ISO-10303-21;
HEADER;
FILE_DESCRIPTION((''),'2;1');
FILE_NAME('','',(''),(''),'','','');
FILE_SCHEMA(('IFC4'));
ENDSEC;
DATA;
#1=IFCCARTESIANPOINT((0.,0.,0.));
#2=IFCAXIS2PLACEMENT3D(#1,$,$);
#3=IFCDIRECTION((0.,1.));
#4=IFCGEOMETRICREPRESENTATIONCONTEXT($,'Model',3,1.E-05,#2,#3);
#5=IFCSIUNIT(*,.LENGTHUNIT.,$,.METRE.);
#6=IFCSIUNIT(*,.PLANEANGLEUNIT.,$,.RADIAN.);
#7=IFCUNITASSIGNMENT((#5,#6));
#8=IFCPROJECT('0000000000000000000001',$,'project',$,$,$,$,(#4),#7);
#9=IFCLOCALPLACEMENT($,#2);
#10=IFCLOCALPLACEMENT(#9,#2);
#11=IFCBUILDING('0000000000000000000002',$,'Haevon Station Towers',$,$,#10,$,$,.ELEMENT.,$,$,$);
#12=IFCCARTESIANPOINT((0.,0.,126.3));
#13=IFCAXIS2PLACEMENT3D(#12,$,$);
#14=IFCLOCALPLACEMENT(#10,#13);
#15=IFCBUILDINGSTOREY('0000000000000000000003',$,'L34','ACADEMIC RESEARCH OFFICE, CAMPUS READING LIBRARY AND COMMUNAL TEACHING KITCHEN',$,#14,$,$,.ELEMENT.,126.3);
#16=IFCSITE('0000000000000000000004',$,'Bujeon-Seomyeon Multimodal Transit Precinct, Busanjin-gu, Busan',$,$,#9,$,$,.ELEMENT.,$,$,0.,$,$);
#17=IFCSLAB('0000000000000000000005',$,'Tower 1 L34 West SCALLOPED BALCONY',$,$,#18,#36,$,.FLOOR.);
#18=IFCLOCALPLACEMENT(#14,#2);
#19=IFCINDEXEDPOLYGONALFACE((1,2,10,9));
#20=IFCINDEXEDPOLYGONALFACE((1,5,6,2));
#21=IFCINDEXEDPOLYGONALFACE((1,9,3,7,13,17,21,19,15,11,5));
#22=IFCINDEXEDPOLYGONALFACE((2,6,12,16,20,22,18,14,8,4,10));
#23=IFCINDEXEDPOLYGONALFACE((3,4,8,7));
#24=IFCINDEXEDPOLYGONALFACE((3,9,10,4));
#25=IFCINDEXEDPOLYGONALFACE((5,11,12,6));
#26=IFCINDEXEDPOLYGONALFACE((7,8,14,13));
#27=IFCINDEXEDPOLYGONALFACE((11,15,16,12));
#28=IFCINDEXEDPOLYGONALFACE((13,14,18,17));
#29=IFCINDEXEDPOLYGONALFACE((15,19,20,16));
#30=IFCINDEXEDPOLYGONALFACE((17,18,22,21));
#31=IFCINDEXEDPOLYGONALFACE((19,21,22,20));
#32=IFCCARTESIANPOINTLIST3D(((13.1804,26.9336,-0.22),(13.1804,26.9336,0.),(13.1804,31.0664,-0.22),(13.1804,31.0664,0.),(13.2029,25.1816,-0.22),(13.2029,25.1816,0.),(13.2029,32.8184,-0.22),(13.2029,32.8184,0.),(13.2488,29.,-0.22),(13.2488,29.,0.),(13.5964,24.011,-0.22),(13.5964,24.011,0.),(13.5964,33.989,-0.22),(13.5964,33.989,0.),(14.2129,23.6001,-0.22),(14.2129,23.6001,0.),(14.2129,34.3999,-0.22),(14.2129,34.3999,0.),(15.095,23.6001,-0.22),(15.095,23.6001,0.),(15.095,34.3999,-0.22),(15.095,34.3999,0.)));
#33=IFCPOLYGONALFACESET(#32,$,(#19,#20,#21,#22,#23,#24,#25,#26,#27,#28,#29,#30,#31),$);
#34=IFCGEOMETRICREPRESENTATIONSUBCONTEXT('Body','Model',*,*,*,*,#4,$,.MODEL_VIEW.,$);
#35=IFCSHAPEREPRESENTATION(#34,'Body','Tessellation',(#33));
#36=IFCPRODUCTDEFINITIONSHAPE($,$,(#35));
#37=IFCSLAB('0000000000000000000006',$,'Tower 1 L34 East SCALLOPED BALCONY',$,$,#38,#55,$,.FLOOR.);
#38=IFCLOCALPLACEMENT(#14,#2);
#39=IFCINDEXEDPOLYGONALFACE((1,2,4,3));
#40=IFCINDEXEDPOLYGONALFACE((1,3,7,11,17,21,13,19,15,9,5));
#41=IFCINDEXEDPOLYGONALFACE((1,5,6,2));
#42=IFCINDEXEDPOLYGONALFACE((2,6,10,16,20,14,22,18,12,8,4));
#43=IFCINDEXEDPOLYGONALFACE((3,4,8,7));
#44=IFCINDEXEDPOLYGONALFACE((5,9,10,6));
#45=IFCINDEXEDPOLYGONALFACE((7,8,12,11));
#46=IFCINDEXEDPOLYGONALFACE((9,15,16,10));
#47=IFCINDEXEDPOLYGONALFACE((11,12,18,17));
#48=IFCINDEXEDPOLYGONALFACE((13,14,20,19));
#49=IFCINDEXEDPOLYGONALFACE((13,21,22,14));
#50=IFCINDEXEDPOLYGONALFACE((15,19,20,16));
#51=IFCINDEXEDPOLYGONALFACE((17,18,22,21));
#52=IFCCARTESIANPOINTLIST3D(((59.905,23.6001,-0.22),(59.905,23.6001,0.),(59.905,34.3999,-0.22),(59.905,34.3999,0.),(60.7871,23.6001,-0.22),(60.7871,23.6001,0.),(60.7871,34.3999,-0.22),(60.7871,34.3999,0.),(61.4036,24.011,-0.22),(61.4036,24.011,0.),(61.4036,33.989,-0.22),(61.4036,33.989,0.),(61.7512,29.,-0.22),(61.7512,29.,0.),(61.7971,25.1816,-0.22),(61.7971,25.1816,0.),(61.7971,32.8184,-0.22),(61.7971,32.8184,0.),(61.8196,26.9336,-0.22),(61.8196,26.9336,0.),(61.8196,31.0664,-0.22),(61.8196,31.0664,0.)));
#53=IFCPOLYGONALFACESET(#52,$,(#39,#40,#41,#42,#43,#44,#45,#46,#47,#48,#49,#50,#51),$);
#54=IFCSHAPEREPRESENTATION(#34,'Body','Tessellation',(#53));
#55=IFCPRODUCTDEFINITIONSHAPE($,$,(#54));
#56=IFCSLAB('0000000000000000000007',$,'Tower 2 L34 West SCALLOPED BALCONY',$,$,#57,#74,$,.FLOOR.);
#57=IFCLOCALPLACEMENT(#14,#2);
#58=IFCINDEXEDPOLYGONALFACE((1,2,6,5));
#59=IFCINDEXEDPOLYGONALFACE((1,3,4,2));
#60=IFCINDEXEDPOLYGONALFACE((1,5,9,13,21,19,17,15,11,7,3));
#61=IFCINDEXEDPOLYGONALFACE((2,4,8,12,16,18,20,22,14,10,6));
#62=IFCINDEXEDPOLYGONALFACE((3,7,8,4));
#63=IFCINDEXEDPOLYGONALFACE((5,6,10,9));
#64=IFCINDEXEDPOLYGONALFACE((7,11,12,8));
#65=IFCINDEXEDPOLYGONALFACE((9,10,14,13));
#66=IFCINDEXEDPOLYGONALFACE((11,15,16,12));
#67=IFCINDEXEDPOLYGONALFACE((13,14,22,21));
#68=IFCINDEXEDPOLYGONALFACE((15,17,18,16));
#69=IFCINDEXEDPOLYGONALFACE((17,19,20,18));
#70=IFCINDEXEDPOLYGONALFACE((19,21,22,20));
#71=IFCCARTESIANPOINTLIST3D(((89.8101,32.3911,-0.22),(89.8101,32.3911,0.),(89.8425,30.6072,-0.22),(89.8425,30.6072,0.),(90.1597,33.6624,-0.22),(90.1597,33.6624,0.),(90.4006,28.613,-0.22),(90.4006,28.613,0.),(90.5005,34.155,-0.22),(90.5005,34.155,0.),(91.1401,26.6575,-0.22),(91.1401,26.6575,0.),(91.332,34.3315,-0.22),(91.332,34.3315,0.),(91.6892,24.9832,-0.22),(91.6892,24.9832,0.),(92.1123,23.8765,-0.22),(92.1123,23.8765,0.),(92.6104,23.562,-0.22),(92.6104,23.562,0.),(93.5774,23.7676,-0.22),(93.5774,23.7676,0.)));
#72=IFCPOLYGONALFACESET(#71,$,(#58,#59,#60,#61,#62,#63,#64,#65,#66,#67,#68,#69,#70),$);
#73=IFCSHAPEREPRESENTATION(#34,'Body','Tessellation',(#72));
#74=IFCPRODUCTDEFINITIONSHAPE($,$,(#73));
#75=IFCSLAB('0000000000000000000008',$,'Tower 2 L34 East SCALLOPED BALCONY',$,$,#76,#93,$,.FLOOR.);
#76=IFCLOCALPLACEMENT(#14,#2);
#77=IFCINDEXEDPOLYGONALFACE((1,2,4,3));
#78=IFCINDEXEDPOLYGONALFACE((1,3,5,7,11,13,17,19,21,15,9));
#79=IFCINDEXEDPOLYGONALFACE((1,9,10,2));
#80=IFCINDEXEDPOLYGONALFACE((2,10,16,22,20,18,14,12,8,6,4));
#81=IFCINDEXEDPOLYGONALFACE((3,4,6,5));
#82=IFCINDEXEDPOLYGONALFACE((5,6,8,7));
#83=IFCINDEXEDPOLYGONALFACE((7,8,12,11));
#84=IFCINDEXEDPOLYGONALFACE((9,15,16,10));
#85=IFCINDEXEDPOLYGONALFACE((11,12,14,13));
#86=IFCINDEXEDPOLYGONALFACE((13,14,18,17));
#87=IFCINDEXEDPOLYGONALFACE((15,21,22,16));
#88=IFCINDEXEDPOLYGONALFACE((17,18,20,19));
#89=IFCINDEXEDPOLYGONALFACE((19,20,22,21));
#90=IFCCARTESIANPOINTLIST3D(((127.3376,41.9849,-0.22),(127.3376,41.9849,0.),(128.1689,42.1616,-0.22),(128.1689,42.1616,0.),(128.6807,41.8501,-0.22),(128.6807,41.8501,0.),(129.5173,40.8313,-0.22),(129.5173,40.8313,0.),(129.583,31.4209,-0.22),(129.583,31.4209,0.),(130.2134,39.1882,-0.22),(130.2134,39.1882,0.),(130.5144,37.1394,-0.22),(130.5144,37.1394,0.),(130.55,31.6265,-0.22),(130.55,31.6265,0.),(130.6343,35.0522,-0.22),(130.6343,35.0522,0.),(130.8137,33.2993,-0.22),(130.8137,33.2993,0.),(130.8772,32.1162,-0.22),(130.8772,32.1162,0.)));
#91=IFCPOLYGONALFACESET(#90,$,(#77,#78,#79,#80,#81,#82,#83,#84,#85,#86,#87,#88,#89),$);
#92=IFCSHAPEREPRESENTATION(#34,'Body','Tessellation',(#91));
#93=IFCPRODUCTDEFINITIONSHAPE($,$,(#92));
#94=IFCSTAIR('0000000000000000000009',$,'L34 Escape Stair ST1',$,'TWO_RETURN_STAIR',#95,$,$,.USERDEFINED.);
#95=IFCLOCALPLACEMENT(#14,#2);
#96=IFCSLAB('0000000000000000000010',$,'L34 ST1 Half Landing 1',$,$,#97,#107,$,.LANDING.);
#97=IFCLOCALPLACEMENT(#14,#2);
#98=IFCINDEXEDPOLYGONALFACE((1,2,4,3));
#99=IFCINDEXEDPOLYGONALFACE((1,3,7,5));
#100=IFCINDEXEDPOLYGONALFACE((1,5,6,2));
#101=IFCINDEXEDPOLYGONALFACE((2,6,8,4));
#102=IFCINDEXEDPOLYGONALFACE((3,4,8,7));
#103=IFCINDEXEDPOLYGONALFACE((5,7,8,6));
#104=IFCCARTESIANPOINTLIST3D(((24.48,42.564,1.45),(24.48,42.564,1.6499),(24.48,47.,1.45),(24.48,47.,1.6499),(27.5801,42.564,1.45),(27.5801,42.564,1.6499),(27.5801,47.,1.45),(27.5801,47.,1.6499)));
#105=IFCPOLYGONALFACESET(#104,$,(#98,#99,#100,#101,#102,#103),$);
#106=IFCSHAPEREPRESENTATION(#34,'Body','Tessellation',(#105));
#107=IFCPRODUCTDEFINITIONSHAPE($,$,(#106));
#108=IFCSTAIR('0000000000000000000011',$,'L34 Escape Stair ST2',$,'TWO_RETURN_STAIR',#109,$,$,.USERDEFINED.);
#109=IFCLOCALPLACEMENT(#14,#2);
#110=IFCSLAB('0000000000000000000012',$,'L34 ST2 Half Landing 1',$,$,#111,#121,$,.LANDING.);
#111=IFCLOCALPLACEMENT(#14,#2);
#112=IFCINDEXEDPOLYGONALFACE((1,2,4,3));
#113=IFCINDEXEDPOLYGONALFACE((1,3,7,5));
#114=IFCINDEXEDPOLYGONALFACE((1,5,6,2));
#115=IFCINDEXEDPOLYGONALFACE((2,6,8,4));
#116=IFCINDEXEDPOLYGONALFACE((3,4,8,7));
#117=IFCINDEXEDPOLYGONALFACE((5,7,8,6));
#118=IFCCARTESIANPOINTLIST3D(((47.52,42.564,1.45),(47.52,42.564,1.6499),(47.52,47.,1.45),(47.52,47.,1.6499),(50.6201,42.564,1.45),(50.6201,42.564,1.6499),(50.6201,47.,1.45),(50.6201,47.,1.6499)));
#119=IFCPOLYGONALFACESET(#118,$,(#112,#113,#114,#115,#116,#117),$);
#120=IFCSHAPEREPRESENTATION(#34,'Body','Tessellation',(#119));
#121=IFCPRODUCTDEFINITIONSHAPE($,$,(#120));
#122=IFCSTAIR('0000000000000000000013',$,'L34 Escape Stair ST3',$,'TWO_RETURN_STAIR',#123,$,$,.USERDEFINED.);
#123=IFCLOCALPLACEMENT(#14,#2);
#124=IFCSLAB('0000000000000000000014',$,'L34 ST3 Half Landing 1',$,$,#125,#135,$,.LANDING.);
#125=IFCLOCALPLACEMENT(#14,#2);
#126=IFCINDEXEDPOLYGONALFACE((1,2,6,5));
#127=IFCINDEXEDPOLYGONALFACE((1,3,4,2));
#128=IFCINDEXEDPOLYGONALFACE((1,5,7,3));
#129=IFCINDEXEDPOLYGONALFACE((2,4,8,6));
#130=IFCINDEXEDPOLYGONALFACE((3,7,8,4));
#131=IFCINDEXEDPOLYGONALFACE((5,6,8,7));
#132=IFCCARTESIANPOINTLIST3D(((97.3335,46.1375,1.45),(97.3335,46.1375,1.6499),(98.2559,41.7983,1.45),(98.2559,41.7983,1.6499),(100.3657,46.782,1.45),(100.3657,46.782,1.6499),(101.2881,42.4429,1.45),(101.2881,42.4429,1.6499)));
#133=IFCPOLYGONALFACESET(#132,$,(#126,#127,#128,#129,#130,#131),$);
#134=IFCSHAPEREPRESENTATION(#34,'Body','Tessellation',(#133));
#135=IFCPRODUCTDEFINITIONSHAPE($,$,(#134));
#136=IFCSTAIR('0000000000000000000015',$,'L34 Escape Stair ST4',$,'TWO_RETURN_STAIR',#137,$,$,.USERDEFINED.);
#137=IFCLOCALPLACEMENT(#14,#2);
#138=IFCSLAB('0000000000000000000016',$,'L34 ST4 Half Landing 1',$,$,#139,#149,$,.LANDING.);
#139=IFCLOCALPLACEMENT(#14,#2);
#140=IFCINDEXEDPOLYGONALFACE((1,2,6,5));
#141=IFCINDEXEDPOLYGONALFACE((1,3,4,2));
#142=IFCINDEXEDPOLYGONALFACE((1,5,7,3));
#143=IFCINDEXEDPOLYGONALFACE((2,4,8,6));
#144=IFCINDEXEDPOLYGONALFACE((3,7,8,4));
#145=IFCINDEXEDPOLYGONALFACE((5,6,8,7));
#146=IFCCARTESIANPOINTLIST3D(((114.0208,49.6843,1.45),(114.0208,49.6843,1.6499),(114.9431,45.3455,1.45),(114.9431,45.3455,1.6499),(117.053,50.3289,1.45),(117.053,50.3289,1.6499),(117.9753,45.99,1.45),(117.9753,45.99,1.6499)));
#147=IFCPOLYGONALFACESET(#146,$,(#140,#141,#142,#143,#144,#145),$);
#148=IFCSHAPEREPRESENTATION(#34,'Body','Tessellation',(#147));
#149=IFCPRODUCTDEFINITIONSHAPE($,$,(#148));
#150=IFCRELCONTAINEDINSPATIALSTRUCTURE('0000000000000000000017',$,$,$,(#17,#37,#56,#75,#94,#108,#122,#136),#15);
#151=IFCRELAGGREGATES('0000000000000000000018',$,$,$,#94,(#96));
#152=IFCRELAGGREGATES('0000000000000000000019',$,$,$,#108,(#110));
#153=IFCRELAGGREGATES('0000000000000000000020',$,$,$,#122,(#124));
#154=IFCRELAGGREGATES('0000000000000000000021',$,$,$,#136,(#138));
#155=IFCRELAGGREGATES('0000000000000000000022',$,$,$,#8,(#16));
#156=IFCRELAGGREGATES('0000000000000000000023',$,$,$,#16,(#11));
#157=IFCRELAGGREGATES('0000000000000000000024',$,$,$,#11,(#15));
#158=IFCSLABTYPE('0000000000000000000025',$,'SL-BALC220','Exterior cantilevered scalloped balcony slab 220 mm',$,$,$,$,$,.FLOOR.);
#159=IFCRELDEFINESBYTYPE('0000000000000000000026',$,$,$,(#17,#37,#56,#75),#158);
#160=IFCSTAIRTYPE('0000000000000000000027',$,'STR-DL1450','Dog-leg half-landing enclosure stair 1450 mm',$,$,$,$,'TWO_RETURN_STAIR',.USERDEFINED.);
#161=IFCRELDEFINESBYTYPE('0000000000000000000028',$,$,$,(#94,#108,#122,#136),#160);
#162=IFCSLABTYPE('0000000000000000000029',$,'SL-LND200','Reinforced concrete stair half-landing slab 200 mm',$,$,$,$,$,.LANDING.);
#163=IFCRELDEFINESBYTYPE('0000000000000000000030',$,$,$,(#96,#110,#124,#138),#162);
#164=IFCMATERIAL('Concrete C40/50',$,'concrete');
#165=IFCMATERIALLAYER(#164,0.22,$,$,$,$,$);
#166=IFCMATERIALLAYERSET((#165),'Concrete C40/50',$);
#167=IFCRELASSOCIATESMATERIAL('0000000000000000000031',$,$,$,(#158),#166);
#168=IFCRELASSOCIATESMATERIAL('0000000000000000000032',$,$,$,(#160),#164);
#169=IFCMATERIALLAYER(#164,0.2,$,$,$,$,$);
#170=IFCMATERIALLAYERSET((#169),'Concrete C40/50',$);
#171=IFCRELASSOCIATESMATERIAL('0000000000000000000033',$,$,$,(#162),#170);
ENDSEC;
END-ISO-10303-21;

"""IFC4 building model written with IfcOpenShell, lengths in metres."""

from ifc_helpers import new_model, si_unit, direction, frame, origin, place, context, subcontext, project, spatial, polyline, outline, extrude, material, layer, layer_set, type_object, element, aggregate, save


model = new_model("IFC4")

# Units and contexts
model_context = context("Model", 3, precision=1e-05, world=origin(), true_north=direction((0.0, 1.0)))
body_context = subcontext(model_context, "Body", "Model", "MODEL_VIEW")
ifc_project = project(units=[si_unit("LENGTHUNIT", "METRE"), si_unit("PLANEANGLEUNIT", "RADIAN")], contexts=[model_context])

# Site, building, storey
site_placement = place(None, origin())
site = spatial("IfcSite", under=ifc_project, at=site_placement, Name="Bujeon-Seomyeon Multimodal Transit Precinct, Busanjin-gu, Busan", CompositionType="ELEMENT", RefElevation=0.0)
building_placement = place(site_placement, origin())
building = spatial("IfcBuilding", under=site, at=building_placement, Name="Haevon Station Towers", CompositionType="ELEMENT")
storey_placement = place(building_placement, frame((0.0, 0.0, 126.3)))
storey = spatial("IfcBuildingStorey", under=building, at=storey_placement, Name="L34", Description="ACADEMIC RESEARCH OFFICE, CAMPUS READING LIBRARY AND COMMUNAL TEACHING KITCHEN", CompositionType="ELEMENT", Elevation=126.3)

# Slabs
ifc_material_1 = material(Name="Concrete C40/50", Category="concrete")
ifc_layer_1 = layer(ifc_material_1, 0.22)
ifc_layer_set_1 = layer_set([ifc_layer_1], Name="Concrete C40/50")
slab_type_1 = type_object("IfcSlabType", Name="SL-BALC220", Description="Exterior cantilevered scalloped balcony slab 220 mm", PredefinedType="FLOOR", material=ifc_layer_set_1)
slab_1_placement = place(storey_placement, frame((0.0, 0.0, -0.22)))
element("IfcSlab", 1, at=slab_1_placement, inside=storey, type_object=slab_type_1, Name="Tower 1 L34 West SCALLOPED BALCONY", PredefinedType="FLOOR", context=body_context, shape_type="SweptSolid", body=[
    extrude(outline(polyline([(15.095, 34.3999), (14.2129, 34.3999), (13.5964, 33.989), (13.2029, 32.8184), (13.1804, 31.0664), (13.2488, 29.0), (13.1804, 26.9336), (13.2029, 25.1816), (13.5964, 24.011), (14.2129, 23.6001), (15.095, 23.6001), (15.095, 34.3999)])), origin(), (0.0, 0.0, 1.0), 0.22),
])
slab_2_placement = place(storey_placement, frame((0.0, 0.0, -0.22)))
element("IfcSlab", 2, at=slab_2_placement, inside=storey, type_object=slab_type_1, Name="Tower 1 L34 East SCALLOPED BALCONY", PredefinedType="FLOOR", context=body_context, shape_type="SweptSolid", body=[
    extrude(outline(polyline([(59.905, 23.6001), (60.7871, 23.6001), (61.4036, 24.011), (61.7971, 25.1816), (61.8196, 26.9336), (61.7512, 29.0), (61.8196, 31.0664), (61.7971, 32.8184), (61.4036, 33.989), (60.7871, 34.3999), (59.905, 34.3999), (59.905, 23.6001)])), origin(), (0.0, 0.0, 1.0), 0.22),
])
slab_3_placement = place(storey_placement, frame((0.0, 0.0, -0.22)))
element("IfcSlab", 3, at=slab_3_placement, inside=storey, type_object=slab_type_1, Name="Tower 2 L34 West SCALLOPED BALCONY", PredefinedType="FLOOR", context=body_context, shape_type="SweptSolid", body=[
    extrude(outline(polyline([(91.332, 34.3315), (90.5005, 34.155), (90.1597, 33.6624), (89.8101, 32.3911), (89.8425, 30.6072), (90.4006, 28.613), (91.1401, 26.6575), (91.6892, 24.9832), (92.1123, 23.8765), (92.6104, 23.562), (93.5774, 23.7676), (91.332, 34.3315)])), origin(), (0.0, 0.0, 1.0), 0.22),
])
slab_4_placement = place(storey_placement, frame((0.0, 0.0, -0.22)))
element("IfcSlab", 4, at=slab_4_placement, inside=storey, type_object=slab_type_1, Name="Tower 2 L34 East SCALLOPED BALCONY", PredefinedType="FLOOR", context=body_context, shape_type="SweptSolid", body=[
    extrude(outline(polyline([(129.583, 31.4209), (130.55, 31.6265), (130.8772, 32.1162), (130.8137, 33.2993), (130.6343, 35.0522), (130.5144, 37.1394), (130.2134, 39.1882), (129.5173, 40.8313), (128.6807, 41.8501), (128.1689, 42.1616), (127.3376, 41.9849), (129.583, 31.4209)])), origin(), (0.0, 0.0, 1.0), 0.22),
])

# Stairs, slabs
stair_type = type_object("IfcStairType", Name="STR-DL1450", Description="Dog-leg half-landing enclosure stair 1450 mm", ElementType="TWO_RETURN_STAIR", PredefinedType="USERDEFINED", material=ifc_material_1)
stair_1_placement = place(storey_placement, origin())
stair_1 = element("IfcStair", 5, at=stair_1_placement, inside=storey, type_object=stair_type, Name="L34 Escape Stair ST1", ObjectType="TWO_RETURN_STAIR", PredefinedType="USERDEFINED")
ifc_layer_2 = layer(ifc_material_1, 0.2)
ifc_layer_set_2 = layer_set([ifc_layer_2], Name="Concrete C40/50")
slab_type_2 = type_object("IfcSlabType", Name="SL-LND200", Description="Reinforced concrete stair half-landing slab 200 mm", PredefinedType="LANDING", material=ifc_layer_set_2)
slab_5_placement = place(storey_placement, frame((0.0, 0.0, 1.45)))
slab_5 = element("IfcSlab", 6, at=slab_5_placement, type_object=slab_type_2, Name="L34 ST1 Half Landing 1", PredefinedType="LANDING", context=body_context, shape_type="SweptSolid", body=[
    extrude(outline(polyline([(27.5801, 42.564), (27.5801, 47.0), (24.48, 47.0), (24.48, 42.564), (27.5801, 42.564)])), origin(), (0.0, 0.0, 1.0), 0.2),
])
aggregate(stair_1, [slab_5])
stair_2_placement = place(storey_placement, origin())
stair_2 = element("IfcStair", 7, at=stair_2_placement, inside=storey, type_object=stair_type, Name="L34 Escape Stair ST2", ObjectType="TWO_RETURN_STAIR", PredefinedType="USERDEFINED")
slab_6_placement = place(storey_placement, frame((0.0, 0.0, 1.45)))
slab_6 = element("IfcSlab", 8, at=slab_6_placement, type_object=slab_type_2, Name="L34 ST2 Half Landing 1", PredefinedType="LANDING", context=body_context, shape_type="SweptSolid", body=[
    extrude(outline(polyline([(50.6201, 42.564), (50.6201, 47.0), (47.52, 47.0), (47.52, 42.564), (50.6201, 42.564)])), origin(), (0.0, 0.0, 1.0), 0.2),
])
aggregate(stair_2, [slab_6])
stair_3_placement = place(storey_placement, origin())
stair_3 = element("IfcStair", 9, at=stair_3_placement, inside=storey, type_object=stair_type, Name="L34 Escape Stair ST3", ObjectType="TWO_RETURN_STAIR", PredefinedType="USERDEFINED")
slab_7_placement = place(storey_placement, frame((0.0, 0.0, 1.45)))
slab_7 = element("IfcSlab", 10, at=slab_7_placement, type_object=slab_type_2, Name="L34 ST3 Half Landing 1", PredefinedType="LANDING", context=body_context, shape_type="SweptSolid", body=[
    extrude(outline(polyline([(101.2881, 42.4429), (100.3657, 46.782), (97.3335, 46.1375), (98.2559, 41.7983), (101.2881, 42.4429)])), origin(), (0.0, 0.0, 1.0), 0.2),
])
aggregate(stair_3, [slab_7])
stair_4_placement = place(storey_placement, origin())
stair_4 = element("IfcStair", 11, at=stair_4_placement, inside=storey, type_object=stair_type, Name="L34 Escape Stair ST4", ObjectType="TWO_RETURN_STAIR", PredefinedType="USERDEFINED")
slab_8_placement = place(storey_placement, frame((0.0, 0.0, 1.45)))
slab_8 = element("IfcSlab", 12, at=slab_8_placement, type_object=slab_type_2, Name="L34 ST4 Half Landing 1", PredefinedType="LANDING", context=body_context, shape_type="SweptSolid", body=[
    extrude(outline(polyline([(117.9753, 45.99), (117.053, 50.3289), (114.0208, 49.6843), (114.9431, 45.3455), (117.9753, 45.99)])), origin(), (0.0, 0.0, 1.0), 0.2),
])
aggregate(stair_4, [slab_8])

save(model, "model.ifc")
